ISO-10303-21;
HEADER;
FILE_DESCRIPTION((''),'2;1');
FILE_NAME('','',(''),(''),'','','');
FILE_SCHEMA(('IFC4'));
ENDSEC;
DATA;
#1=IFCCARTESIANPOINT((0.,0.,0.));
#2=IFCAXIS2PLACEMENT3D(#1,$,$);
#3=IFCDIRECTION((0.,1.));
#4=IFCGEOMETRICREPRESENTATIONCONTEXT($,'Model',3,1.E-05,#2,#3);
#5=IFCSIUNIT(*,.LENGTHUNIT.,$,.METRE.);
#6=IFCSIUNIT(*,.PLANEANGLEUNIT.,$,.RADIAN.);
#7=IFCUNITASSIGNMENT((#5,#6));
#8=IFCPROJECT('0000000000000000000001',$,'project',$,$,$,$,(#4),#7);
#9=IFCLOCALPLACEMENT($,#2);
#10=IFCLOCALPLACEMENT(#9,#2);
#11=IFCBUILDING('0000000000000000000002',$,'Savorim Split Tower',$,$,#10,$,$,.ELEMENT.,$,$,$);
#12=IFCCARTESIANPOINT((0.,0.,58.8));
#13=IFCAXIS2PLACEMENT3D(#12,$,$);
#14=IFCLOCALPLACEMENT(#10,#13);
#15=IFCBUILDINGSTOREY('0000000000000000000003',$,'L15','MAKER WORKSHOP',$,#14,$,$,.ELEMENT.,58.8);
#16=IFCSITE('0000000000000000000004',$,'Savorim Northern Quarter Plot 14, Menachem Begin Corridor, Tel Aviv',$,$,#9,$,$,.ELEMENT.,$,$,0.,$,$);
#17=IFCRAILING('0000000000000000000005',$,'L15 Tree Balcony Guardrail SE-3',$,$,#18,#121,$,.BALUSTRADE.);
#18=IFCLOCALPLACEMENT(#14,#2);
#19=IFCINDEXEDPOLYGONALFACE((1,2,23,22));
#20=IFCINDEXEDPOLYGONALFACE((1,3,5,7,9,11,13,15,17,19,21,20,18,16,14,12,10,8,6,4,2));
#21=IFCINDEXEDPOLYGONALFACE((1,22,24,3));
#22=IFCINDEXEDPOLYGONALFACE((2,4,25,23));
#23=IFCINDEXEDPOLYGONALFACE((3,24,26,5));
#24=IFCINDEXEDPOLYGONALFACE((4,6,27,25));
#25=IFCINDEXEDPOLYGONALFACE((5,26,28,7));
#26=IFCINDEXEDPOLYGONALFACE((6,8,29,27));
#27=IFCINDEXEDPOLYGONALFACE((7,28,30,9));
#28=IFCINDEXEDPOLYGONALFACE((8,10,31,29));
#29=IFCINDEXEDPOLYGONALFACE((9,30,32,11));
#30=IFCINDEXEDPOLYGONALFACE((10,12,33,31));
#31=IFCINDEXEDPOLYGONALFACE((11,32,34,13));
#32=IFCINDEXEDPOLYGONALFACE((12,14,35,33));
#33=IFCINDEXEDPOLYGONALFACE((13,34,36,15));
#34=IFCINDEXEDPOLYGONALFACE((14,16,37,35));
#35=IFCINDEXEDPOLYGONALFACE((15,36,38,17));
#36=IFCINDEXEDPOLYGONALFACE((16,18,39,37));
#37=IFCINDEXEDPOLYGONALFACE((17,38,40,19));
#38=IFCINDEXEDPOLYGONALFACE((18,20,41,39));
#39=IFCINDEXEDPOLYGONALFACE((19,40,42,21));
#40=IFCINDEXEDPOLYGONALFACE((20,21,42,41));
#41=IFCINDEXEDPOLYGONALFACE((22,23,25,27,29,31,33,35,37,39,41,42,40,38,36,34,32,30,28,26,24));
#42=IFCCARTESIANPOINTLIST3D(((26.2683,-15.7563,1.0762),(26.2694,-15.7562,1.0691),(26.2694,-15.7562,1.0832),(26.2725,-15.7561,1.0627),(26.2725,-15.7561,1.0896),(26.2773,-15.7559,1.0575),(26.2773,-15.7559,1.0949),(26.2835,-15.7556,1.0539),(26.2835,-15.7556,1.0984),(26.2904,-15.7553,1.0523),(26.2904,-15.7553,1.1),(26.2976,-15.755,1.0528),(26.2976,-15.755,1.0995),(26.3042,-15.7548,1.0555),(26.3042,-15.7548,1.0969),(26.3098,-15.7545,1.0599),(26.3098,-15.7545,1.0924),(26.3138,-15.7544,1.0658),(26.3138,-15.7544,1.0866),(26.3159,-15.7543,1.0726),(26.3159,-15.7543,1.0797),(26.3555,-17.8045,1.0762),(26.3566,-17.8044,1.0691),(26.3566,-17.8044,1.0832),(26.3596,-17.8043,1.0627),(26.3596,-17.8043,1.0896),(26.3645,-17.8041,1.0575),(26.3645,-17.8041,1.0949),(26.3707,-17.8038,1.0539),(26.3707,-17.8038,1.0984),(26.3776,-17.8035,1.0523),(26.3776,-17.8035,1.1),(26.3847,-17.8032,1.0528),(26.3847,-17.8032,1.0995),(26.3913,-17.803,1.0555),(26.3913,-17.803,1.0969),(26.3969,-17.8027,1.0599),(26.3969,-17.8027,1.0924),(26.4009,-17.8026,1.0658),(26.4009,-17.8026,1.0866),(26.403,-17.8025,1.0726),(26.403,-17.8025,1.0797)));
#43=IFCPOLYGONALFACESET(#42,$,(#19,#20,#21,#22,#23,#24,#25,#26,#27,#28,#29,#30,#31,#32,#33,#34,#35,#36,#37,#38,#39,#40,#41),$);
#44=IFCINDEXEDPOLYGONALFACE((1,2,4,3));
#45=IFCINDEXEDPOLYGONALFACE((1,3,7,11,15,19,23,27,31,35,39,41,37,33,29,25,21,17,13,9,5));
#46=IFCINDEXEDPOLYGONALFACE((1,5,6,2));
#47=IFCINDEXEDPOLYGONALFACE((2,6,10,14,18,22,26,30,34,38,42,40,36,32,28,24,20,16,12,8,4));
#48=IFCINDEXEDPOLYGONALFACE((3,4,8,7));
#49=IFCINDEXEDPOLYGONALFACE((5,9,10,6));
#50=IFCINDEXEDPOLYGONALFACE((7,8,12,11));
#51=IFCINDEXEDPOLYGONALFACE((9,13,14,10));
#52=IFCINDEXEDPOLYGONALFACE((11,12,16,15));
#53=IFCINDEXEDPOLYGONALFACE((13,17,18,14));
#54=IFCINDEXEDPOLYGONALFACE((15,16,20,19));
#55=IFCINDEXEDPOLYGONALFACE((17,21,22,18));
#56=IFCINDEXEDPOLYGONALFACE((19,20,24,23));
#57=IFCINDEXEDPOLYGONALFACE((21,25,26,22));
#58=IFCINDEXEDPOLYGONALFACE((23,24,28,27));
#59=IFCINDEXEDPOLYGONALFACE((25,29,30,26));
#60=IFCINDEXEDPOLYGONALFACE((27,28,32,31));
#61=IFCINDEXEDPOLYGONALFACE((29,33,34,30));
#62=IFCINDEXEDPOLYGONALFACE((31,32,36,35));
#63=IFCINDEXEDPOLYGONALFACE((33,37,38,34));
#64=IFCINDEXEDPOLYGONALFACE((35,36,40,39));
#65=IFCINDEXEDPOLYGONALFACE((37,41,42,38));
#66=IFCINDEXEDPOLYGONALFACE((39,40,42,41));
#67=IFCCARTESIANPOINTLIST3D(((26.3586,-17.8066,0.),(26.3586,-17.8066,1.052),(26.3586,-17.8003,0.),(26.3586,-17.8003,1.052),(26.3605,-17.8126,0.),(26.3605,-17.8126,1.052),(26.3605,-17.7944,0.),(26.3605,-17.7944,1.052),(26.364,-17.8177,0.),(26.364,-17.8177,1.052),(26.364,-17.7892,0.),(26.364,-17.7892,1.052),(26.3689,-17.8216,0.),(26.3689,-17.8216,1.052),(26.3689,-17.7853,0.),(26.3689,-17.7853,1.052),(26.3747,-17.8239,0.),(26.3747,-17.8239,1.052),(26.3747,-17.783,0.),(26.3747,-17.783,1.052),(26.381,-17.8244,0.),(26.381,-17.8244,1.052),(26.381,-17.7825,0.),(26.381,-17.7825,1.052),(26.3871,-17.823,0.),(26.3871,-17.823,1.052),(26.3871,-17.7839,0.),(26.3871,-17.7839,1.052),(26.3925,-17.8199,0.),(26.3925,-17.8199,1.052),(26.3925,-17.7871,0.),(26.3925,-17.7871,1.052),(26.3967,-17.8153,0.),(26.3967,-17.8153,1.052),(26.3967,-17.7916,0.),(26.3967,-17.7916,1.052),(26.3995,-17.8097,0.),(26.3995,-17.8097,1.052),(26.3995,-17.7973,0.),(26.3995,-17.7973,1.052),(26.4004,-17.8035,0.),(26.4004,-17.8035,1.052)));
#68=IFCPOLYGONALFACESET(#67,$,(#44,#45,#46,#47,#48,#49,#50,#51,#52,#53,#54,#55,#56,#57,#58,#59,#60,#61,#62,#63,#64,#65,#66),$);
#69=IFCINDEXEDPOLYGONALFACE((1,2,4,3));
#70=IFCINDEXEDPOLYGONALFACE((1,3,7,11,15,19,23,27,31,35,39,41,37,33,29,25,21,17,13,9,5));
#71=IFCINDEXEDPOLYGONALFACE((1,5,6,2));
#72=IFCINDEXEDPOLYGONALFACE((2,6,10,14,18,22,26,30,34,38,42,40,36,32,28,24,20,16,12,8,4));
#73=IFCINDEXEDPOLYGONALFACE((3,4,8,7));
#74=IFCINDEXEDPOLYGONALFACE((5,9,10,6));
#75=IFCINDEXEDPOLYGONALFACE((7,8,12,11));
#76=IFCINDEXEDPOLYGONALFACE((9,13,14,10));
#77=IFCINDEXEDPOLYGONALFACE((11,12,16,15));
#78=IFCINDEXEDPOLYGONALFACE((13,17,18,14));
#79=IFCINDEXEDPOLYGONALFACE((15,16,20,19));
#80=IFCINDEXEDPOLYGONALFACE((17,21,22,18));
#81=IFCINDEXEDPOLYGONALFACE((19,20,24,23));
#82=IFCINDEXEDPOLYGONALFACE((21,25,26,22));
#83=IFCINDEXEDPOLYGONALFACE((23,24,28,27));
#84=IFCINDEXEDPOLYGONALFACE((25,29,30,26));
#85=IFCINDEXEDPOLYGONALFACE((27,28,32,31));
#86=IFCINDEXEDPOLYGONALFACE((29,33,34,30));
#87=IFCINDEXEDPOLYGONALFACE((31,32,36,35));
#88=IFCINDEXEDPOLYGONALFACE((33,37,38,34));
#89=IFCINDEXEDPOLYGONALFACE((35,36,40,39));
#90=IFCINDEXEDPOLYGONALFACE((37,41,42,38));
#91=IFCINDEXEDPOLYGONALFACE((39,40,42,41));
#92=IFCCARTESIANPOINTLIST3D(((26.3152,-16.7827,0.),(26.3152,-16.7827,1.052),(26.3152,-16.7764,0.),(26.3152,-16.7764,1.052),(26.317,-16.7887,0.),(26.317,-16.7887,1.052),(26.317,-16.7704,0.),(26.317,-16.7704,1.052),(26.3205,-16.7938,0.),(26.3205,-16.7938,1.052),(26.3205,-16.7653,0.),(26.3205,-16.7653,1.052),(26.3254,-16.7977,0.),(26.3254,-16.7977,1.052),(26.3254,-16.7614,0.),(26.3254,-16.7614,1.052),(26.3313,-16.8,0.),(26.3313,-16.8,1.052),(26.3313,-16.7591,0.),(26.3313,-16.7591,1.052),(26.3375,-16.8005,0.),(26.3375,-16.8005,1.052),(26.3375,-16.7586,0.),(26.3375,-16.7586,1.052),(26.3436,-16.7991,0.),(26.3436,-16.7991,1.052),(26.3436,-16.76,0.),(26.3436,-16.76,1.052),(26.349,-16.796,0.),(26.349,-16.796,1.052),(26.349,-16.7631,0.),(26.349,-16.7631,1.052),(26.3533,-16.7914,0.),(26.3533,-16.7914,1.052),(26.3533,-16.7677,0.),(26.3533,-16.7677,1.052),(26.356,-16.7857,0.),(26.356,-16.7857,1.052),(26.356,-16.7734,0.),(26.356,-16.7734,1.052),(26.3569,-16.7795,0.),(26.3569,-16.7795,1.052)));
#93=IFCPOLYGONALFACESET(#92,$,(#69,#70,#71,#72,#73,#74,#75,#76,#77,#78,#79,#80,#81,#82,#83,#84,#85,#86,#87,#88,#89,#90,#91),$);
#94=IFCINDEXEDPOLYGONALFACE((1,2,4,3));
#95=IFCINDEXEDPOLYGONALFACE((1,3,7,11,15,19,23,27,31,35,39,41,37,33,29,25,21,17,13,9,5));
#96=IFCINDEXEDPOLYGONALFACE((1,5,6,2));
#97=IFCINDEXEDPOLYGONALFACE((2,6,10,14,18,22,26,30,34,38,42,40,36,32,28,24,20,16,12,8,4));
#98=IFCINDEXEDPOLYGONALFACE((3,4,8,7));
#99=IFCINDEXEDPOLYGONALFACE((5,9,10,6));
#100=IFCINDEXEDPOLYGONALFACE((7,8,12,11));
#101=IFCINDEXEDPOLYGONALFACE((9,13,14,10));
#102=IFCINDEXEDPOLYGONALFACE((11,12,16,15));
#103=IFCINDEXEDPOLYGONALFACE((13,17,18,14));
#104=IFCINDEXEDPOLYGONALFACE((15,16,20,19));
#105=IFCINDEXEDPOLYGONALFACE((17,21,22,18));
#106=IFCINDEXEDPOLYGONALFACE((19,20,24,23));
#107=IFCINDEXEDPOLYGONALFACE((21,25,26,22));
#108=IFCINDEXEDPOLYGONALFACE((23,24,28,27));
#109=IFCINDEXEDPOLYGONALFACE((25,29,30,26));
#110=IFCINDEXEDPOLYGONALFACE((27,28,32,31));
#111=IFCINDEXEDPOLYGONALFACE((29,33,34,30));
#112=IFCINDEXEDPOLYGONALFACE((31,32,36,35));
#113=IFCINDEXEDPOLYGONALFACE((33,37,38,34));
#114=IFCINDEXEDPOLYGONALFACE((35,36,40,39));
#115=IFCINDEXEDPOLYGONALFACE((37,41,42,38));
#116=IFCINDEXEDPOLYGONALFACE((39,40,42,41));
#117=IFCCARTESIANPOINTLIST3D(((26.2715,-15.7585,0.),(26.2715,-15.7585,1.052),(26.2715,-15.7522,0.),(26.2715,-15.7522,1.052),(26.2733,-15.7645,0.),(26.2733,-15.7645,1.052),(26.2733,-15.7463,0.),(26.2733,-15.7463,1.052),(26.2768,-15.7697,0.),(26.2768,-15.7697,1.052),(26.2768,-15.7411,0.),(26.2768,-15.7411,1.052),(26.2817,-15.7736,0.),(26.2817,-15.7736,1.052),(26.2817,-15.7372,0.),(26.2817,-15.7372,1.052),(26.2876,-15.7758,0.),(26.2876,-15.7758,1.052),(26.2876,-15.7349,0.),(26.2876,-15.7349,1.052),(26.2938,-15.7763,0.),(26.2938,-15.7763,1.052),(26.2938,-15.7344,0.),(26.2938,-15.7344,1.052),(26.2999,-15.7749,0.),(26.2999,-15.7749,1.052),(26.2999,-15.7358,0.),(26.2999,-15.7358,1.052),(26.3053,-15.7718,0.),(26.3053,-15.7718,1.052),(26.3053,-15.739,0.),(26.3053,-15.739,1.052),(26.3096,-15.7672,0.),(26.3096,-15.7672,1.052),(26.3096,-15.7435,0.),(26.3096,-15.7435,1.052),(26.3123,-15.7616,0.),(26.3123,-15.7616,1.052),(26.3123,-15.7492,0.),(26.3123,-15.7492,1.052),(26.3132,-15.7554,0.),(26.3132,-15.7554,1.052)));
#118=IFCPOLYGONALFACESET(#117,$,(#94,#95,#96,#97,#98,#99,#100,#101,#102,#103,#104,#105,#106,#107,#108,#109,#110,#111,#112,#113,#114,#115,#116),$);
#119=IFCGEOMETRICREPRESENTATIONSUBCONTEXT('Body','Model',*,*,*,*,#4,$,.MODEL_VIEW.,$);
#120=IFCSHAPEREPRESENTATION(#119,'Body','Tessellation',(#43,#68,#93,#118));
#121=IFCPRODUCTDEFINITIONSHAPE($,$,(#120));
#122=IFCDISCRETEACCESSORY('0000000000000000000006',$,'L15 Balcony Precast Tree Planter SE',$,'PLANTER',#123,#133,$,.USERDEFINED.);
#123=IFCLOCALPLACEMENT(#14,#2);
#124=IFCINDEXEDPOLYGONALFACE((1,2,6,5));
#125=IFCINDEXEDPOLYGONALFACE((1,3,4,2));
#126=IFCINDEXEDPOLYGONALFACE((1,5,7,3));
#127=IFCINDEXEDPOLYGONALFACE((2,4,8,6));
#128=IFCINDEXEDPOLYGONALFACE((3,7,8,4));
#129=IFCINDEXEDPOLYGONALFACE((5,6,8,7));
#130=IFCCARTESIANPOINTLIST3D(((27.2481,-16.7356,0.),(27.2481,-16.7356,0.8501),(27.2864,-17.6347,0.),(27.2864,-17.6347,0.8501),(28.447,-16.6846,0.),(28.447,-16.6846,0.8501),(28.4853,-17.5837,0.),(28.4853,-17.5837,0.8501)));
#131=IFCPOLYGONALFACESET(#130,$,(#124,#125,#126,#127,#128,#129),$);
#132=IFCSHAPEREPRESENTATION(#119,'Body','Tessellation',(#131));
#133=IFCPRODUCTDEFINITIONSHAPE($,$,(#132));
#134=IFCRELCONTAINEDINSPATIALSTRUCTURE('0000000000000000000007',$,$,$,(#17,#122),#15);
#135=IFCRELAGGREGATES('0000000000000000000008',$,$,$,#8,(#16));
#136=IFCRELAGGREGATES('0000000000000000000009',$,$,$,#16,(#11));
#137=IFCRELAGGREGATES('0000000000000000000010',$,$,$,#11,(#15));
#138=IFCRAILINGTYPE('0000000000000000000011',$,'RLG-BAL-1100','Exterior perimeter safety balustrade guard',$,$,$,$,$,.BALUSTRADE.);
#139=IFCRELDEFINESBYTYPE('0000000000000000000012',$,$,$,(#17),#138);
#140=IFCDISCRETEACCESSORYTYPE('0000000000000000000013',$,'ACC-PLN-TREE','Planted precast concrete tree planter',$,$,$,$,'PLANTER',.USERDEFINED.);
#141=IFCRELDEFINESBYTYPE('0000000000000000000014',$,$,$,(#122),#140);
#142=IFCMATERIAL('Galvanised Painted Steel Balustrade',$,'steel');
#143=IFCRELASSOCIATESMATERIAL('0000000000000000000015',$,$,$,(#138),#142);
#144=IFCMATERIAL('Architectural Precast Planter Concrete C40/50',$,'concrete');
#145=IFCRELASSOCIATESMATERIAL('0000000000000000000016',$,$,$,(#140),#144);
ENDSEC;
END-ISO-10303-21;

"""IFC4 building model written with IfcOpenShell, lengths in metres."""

from ifc_helpers import new_model, si_unit, direction, frame, origin, origin_2d, place, context, subcontext, project, spatial, rectangle, circle, extrude, material, type_object, element, save


model = new_model("IFC4")

# Units and contexts
model_context = context("Model", 3, precision=1e-05, world=origin(), true_north=direction((0.0, 1.0)))
body_context = subcontext(model_context, "Body", "Model", "MODEL_VIEW")
ifc_project = project(units=[si_unit("LENGTHUNIT", "METRE"), si_unit("PLANEANGLEUNIT", "RADIAN")], contexts=[model_context])

# Site, building, storey
site_placement = place(None, origin())
site = spatial("IfcSite", under=ifc_project, at=site_placement, Name="Savorim Northern Quarter Plot 14, Menachem Begin Corridor, Tel Aviv", CompositionType="ELEMENT", RefElevation=0.0)
building_placement = place(site_placement, origin())
building = spatial("IfcBuilding", under=site, at=building_placement, Name="Savorim Split Tower", CompositionType="ELEMENT")
storey_placement = place(building_placement, frame((0.0, 0.0, 58.8)))
storey = spatial("IfcBuildingStorey", under=building, at=storey_placement, Name="L15", Description="MAKER WORKSHOP", CompositionType="ELEMENT", Elevation=58.8)

# Railing
ifc_material_1 = material(Name="Galvanised Painted Steel Balustrade", Category="steel")
railing_type = type_object("IfcRailingType", Name="RLG-BAL-1100", Description="Exterior perimeter safety balustrade guard", PredefinedType="BALUSTRADE", material=ifc_material_1)
railing_1_placement = place(storey_placement, frame((26.3794, -17.8035, 0.0)))
element("IfcRailing", 1, at=railing_1_placement, inside=storey, type_object=railing_type, Name="L15 Tree Balcony Guardrail SE-3", PredefinedType="BALUSTRADE", context=body_context, shape_type="SweptSolid", body=[
    extrude(circle(Radius=0.0239, at=origin_2d()), frame((0.0, 0.0, 1.0762), z_axis=(-0.042517, 0.999096, 0.0), x_axis=(-0.999096, -0.042517, 0.0)), (0.0, 0.0, 1.0), 2.05),
    extrude(circle(Radius=0.021, at=origin_2d()), origin(), (0.0, 0.0, 1.0), 1.052),
    extrude(circle(Radius=0.021, at=origin_2d()), frame((-0.0435, 1.0239, 0.0)), (0.0, 0.0, 1.0), 1.052),
    extrude(circle(Radius=0.021, at=origin_2d()), frame((-0.0872, 2.0481, 0.0)), (0.0, 0.0, 1.0), 1.052),
])

# Discrete accessory
ifc_material_2 = material(Name="Architectural Precast Planter Concrete C40/50", Category="concrete")
discrete_accessory_type = type_object("IfcDiscreteAccessoryType", Name="ACC-PLN-TREE", Description="Planted precast concrete tree planter", ElementType="PLANTER", PredefinedType="USERDEFINED", material=ifc_material_2)
discrete_accessory_placement = place(storey_placement, frame((27.8667, -17.1597, 0.0), z_axis=(0.0, 0.0, 1.0), x_axis=(0.999097, 0.042489, 0.0)))
element("IfcDiscreteAccessory", 2, at=discrete_accessory_placement, inside=storey, type_object=discrete_accessory_type, Name="L15 Balcony Precast Tree Planter SE", ObjectType="PLANTER", PredefinedType="USERDEFINED", context=body_context, shape_type="SweptSolid", body=[
    extrude(rectangle(XDim=1.2, YDim=0.8999, at=origin_2d()), origin(), (0.0, 0.0, 1.0), 0.8501),
])

save(model, "model.ifc")
